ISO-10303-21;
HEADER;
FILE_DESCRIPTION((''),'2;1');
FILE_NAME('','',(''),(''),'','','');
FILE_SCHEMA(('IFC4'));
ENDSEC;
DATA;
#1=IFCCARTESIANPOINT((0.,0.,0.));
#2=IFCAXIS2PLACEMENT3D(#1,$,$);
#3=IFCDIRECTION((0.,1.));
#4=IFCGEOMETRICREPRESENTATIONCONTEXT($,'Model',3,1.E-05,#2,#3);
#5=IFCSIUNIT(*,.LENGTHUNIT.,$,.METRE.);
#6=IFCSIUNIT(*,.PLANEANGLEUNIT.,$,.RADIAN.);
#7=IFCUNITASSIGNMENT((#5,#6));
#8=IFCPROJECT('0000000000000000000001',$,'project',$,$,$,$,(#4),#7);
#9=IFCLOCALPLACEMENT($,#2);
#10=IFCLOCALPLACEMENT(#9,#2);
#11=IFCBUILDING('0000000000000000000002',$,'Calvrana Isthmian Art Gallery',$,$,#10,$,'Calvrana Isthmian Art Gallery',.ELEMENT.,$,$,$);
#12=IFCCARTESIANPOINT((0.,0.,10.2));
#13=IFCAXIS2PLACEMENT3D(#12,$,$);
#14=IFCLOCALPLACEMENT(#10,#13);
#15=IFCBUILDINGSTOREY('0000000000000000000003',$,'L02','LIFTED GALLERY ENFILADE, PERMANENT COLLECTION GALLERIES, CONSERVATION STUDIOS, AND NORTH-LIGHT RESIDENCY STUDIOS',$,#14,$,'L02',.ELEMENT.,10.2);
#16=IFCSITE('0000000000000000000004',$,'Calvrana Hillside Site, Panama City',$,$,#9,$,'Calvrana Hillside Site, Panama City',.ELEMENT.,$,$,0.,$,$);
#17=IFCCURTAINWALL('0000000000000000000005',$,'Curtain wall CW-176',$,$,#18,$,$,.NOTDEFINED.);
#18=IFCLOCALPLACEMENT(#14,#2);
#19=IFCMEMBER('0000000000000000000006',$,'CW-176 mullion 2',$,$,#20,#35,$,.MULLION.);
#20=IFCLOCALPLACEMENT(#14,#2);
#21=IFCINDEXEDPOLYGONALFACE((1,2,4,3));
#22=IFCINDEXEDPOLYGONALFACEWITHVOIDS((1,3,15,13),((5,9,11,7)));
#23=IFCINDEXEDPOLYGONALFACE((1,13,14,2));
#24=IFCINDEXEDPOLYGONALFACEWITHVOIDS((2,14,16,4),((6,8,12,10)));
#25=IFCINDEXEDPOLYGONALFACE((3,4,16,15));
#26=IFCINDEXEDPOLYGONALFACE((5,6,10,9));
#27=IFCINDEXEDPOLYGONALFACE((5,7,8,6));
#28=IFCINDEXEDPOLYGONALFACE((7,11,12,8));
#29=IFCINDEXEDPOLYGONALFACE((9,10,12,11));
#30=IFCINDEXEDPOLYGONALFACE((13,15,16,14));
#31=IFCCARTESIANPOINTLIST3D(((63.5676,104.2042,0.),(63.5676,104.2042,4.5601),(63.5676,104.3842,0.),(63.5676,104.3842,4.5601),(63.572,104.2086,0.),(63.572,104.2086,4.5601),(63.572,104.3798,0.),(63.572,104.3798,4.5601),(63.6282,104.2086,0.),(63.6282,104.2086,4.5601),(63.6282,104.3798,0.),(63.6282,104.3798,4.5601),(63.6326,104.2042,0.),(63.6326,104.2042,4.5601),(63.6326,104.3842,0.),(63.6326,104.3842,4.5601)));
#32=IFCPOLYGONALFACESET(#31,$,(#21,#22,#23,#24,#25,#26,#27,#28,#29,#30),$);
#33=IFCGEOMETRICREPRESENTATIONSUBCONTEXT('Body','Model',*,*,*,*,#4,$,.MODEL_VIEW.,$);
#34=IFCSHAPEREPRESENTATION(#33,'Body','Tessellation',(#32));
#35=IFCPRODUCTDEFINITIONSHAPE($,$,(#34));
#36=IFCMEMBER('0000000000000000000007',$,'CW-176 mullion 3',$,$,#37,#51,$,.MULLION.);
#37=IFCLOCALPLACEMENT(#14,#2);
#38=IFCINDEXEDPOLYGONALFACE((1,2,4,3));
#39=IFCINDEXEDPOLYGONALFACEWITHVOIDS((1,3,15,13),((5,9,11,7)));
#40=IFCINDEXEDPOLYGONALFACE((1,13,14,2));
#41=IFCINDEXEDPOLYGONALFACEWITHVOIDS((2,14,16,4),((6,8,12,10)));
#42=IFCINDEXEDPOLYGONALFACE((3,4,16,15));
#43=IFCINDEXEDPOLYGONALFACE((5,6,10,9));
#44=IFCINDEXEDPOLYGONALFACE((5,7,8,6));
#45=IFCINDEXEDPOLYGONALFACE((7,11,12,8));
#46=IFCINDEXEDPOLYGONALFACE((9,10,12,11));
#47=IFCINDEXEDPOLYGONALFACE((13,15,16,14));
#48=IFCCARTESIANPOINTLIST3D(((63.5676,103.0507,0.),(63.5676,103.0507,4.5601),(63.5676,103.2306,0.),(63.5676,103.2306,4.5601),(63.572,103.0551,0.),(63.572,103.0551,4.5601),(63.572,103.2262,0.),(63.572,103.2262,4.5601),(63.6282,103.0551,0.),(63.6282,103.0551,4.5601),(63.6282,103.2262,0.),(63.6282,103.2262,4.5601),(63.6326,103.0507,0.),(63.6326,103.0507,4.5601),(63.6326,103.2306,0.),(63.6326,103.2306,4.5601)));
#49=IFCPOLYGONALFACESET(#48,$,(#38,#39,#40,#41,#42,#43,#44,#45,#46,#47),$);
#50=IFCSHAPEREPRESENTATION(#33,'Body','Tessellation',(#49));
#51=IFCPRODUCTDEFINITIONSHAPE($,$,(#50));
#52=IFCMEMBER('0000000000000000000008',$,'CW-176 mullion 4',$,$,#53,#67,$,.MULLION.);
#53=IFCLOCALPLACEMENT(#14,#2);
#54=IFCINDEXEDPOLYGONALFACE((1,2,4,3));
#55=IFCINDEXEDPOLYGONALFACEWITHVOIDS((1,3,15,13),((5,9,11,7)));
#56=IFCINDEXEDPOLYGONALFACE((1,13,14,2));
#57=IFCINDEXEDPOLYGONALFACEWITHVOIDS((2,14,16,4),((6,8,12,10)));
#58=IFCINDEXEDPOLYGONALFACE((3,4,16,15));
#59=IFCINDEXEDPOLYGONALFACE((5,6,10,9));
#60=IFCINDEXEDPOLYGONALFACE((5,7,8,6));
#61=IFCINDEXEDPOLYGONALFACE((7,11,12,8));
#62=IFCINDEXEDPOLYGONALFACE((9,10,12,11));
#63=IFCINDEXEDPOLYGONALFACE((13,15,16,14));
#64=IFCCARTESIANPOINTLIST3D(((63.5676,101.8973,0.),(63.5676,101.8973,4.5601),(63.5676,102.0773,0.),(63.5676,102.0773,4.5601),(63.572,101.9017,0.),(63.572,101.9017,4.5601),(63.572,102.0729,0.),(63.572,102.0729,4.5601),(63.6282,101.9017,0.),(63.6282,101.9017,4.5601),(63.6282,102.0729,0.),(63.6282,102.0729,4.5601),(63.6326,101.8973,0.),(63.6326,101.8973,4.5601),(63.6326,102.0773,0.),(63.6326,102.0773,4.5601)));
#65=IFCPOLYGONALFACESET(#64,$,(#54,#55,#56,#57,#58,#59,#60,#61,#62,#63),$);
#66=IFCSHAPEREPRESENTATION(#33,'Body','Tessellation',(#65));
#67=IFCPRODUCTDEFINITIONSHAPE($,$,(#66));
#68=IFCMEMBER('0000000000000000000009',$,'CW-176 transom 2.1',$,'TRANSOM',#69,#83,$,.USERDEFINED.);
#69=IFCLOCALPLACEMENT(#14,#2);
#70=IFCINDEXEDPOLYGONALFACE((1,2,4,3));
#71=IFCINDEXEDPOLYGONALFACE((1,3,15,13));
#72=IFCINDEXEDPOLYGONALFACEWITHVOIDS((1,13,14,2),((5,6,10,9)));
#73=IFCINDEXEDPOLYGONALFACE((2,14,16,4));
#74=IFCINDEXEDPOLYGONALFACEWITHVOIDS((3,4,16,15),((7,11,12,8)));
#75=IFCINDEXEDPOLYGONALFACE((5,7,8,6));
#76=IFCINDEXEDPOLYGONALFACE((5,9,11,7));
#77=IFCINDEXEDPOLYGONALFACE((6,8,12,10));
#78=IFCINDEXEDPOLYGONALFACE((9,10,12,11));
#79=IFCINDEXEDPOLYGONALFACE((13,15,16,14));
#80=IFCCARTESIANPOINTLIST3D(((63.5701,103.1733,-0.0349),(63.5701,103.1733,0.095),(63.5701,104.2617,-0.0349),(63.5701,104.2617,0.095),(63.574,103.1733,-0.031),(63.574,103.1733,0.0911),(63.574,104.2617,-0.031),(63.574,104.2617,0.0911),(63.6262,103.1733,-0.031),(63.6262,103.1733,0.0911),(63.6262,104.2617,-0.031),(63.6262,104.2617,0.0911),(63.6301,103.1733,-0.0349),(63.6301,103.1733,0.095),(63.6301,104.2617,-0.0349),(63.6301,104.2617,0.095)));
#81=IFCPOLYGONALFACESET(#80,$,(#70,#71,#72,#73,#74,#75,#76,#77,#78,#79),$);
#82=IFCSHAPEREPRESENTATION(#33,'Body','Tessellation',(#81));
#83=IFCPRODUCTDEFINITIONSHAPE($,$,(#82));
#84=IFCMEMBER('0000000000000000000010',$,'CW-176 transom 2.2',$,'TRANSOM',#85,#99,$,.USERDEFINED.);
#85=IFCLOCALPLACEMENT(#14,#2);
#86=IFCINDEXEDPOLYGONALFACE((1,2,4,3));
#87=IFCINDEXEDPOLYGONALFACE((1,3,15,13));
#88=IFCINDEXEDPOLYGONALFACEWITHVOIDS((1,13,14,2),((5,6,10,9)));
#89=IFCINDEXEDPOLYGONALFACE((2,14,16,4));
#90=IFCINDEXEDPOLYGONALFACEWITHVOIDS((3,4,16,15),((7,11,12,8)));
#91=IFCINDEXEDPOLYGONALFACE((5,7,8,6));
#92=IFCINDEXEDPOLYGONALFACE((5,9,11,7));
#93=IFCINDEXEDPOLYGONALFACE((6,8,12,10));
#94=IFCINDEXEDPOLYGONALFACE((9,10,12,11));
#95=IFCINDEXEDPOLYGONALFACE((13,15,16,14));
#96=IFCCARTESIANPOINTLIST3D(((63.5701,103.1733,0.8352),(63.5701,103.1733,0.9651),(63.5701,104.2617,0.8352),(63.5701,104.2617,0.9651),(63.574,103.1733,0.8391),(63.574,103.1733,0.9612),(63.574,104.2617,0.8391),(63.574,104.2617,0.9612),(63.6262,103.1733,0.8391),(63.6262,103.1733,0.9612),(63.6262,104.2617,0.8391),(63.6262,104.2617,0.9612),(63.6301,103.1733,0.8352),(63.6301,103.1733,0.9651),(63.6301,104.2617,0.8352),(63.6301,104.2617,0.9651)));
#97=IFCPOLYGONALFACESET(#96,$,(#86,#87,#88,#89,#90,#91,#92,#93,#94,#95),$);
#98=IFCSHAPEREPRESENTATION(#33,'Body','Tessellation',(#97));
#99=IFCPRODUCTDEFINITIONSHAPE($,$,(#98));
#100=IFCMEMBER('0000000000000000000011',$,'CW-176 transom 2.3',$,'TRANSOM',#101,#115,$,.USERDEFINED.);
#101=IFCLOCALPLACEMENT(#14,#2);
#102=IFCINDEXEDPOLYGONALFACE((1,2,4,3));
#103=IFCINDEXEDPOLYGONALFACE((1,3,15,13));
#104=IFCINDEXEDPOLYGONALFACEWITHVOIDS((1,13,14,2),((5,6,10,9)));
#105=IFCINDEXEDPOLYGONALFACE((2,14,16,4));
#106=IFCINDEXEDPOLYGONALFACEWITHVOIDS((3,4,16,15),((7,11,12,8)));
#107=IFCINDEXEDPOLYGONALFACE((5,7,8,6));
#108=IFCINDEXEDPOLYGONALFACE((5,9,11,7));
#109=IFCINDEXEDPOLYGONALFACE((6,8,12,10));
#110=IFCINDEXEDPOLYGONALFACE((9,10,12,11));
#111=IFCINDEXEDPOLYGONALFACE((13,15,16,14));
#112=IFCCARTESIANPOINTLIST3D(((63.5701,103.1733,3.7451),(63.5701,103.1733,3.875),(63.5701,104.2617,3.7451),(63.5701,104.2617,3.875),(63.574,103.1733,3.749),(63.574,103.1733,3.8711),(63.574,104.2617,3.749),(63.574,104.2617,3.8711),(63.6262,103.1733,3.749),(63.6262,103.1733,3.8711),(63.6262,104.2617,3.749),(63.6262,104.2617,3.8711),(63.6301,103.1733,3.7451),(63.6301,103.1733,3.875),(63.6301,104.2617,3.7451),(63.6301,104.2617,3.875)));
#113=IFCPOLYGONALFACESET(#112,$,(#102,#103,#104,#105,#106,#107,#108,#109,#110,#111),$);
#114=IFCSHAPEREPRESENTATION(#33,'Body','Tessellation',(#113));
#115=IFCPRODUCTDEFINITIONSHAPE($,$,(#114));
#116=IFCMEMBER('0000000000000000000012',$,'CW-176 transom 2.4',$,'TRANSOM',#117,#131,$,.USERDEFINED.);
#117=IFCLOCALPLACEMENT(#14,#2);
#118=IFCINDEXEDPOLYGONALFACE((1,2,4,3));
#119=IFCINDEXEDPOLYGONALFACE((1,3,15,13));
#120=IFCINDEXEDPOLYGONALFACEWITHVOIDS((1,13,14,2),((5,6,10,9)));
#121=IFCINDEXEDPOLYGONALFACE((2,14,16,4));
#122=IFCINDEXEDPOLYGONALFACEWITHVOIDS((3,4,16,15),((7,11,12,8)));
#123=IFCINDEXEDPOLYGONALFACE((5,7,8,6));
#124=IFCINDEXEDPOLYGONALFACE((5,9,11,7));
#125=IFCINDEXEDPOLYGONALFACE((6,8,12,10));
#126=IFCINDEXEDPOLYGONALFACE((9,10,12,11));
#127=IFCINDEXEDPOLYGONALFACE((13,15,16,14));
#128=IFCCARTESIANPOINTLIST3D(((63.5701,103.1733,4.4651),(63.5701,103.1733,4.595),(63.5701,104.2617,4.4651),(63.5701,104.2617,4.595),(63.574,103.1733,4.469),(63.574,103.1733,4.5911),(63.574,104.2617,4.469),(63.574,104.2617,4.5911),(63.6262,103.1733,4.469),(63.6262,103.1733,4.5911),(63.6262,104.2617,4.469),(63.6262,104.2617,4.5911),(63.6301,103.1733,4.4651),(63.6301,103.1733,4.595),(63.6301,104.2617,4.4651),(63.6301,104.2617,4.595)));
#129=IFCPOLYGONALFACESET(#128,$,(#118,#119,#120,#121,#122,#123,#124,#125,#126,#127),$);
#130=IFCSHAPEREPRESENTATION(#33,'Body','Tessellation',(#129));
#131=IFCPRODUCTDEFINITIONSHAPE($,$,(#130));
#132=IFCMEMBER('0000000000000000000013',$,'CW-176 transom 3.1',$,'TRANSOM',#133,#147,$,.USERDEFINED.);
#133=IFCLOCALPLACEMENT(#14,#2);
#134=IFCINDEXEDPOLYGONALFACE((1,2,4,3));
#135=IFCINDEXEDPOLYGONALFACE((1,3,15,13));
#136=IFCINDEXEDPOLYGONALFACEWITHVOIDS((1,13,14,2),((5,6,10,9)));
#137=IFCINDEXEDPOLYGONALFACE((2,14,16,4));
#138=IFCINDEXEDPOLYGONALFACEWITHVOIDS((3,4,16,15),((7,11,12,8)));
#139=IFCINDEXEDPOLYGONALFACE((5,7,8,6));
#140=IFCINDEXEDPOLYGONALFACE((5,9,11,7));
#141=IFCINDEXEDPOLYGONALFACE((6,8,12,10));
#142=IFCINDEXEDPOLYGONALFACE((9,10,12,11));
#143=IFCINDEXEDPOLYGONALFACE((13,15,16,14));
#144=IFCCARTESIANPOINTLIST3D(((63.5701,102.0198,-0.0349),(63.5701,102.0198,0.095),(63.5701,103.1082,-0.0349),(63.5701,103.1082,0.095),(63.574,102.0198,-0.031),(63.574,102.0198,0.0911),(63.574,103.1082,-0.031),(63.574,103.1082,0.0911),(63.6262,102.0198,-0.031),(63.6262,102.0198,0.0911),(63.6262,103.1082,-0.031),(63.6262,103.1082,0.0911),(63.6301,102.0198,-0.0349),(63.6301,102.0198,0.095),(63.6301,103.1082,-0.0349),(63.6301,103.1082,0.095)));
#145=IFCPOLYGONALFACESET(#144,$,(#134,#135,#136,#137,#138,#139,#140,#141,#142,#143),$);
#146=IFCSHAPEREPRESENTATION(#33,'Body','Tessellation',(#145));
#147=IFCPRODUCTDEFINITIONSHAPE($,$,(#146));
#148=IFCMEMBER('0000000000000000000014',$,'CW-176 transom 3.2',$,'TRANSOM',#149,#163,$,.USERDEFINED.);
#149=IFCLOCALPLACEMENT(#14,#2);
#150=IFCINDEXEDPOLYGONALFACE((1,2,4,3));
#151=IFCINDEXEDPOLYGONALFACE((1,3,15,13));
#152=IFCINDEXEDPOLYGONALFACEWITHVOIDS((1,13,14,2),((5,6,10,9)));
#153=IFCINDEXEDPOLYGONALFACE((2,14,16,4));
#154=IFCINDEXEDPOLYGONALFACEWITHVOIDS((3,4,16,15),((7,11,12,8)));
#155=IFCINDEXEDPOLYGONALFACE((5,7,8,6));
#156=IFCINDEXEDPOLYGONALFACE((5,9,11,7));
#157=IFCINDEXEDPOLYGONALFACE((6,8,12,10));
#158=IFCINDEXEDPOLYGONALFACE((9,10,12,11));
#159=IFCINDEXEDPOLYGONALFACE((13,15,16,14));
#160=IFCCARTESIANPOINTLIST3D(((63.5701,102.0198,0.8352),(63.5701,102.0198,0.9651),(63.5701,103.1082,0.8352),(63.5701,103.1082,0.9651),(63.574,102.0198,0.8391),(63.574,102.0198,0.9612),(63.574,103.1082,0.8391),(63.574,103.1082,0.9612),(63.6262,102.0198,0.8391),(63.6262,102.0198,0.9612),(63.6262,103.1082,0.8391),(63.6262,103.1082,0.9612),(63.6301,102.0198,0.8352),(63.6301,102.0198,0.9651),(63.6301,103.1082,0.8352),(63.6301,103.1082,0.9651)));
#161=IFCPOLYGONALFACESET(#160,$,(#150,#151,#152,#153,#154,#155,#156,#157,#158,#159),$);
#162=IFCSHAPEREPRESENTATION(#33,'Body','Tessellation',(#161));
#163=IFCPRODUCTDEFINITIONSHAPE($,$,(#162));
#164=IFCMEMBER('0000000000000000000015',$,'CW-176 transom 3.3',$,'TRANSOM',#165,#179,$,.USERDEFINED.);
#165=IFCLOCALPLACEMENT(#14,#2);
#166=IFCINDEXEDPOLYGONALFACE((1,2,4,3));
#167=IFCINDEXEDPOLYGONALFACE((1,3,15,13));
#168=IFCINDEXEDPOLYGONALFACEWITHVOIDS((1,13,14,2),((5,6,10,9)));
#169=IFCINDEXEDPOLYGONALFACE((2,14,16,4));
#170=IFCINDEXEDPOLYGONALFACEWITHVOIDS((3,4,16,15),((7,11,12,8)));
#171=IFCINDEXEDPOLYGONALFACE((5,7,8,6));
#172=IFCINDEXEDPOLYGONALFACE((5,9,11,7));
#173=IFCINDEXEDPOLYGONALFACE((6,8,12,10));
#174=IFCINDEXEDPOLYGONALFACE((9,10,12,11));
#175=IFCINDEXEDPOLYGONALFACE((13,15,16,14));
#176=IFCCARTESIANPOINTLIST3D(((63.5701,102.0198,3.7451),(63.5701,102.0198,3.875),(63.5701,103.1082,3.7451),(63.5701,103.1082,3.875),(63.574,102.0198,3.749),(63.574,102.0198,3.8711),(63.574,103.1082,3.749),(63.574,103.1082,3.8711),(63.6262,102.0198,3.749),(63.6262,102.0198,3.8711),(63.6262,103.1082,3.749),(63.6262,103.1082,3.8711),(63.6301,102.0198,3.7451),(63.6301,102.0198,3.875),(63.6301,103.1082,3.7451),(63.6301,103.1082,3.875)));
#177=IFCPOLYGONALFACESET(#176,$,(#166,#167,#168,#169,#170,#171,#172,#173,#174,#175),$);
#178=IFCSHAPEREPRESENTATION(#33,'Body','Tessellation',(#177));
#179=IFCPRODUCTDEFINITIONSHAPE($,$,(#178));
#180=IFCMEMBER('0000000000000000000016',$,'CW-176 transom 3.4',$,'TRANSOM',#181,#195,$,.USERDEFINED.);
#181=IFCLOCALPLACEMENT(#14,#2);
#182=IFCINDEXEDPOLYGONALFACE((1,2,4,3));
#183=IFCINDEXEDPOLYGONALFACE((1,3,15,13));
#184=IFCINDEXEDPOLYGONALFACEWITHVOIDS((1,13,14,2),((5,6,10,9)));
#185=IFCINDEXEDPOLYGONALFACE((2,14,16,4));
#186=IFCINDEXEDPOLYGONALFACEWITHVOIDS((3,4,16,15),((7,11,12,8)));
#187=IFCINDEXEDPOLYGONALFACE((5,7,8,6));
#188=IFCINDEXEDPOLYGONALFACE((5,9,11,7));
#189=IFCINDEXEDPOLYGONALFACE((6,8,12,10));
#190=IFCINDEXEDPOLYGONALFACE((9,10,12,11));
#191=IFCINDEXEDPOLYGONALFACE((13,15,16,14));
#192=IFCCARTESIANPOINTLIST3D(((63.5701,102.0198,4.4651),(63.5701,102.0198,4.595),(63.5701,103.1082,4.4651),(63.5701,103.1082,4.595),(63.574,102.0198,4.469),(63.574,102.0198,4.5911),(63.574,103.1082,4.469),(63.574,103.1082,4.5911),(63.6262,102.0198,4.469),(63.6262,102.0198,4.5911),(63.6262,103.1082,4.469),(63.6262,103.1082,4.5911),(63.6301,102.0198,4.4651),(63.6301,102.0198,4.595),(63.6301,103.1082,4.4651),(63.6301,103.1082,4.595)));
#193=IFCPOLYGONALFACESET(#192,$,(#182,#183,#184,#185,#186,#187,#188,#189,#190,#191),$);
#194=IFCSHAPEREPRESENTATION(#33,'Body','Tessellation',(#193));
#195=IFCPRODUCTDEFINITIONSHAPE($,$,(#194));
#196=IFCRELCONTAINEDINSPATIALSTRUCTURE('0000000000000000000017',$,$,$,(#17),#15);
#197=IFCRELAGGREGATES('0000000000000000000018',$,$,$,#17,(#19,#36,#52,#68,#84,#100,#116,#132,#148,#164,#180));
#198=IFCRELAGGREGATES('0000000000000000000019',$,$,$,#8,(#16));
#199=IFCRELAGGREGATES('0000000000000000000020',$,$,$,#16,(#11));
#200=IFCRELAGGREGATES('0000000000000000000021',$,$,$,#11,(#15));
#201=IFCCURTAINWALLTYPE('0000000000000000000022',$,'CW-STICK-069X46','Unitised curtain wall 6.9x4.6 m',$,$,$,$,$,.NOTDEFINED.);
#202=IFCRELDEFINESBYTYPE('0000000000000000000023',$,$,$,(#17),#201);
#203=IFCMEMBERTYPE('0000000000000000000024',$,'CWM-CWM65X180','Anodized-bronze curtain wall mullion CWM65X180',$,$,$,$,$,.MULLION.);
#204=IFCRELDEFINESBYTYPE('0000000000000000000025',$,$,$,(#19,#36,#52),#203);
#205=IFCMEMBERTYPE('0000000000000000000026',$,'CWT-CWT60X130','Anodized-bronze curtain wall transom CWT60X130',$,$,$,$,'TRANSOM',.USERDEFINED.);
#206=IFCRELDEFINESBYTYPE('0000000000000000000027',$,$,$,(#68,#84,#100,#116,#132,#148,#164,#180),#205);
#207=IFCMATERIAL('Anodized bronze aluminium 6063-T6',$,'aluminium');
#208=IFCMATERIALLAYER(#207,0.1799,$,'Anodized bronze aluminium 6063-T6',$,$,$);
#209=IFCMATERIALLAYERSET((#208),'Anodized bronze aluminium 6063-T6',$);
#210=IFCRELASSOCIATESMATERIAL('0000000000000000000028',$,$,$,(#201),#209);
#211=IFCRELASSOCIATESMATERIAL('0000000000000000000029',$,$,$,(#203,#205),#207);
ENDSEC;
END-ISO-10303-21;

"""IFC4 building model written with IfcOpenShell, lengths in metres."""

from ifc_helpers import new_model, si_unit, direction, frame, origin, origin_2d, place, context, subcontext, project, spatial, hollow_rectangle, extrude, material, layer, layer_set, material_profile, profile_set, type_object, element, aggregate, save


model = new_model("IFC4")

# Units and contexts
model_context = context("Model", 3, precision=1e-05, world=origin(), true_north=direction((0.0, 1.0)))
body_context = subcontext(model_context, "Body", "Model", "MODEL_VIEW")
ifc_project = project(units=[si_unit("LENGTHUNIT", "METRE"), si_unit("PLANEANGLEUNIT", "RADIAN")], contexts=[model_context])

# Site, building, storey
site_placement = place(None, origin())
site = spatial("IfcSite", under=ifc_project, at=site_placement, Name="Calvrana Hillside Site, Panama City", LongName="Calvrana Hillside Site, Panama City", CompositionType="ELEMENT", RefElevation=0.0)
building_placement = place(site_placement, origin())
building = spatial("IfcBuilding", under=site, at=building_placement, Name="Calvrana Isthmian Art Gallery", LongName="Calvrana Isthmian Art Gallery", CompositionType="ELEMENT")
storey_placement = place(building_placement, frame((0.0, 0.0, 10.2)))
storey = spatial("IfcBuildingStorey", under=building, at=storey_placement, Name="L02", Description="LIFTED GALLERY ENFILADE, PERMANENT COLLECTION GALLERIES, CONSERVATION STUDIOS, AND NORTH-LIGHT RESIDENCY STUDIOS", LongName="L02", CompositionType="ELEMENT", Elevation=10.2)

# Curtain wall, members
ifc_material_1 = material(Name="Anodized bronze aluminium 6063-T6", Category="aluminium")
ifc_layer_1 = layer(ifc_material_1, 0.1799, Name="Anodized bronze aluminium 6063-T6")
ifc_layer_set_1 = layer_set([ifc_layer_1], Name="Anodized bronze aluminium 6063-T6")
curtain_wall_type = type_object("IfcCurtainWallType", Name="CW-STICK-069X46", Description="Unitised curtain wall 6.9x4.6 m", PredefinedType="NOTDEFINED", material=ifc_layer_set_1)
curtain_wall_placement = place(storey_placement, origin())
curtain_wall = element("IfcCurtainWall", 1, at=curtain_wall_placement, inside=storey, type_object=curtain_wall_type, Name="Curtain wall CW-176", PredefinedType="NOTDEFINED")
ifc_material_profile_1 = material_profile(ifc_material_1, hollow_rectangle(XDim=0.0649, YDim=0.1799, WallThickness=0.0044, at=origin_2d()), Name="CWM65X180")
ifc_profile_set_1 = profile_set([ifc_material_profile_1], Name="Anodized bronze aluminium 6063-T6")
member_type_1 = type_object("IfcMemberType", Name="CWM-CWM65X180", Description="Anodized-bronze curtain wall mullion CWM65X180", PredefinedType="MULLION", material=ifc_profile_set_1)
member_1_placement = place(storey_placement, frame((63.6001, 104.2942, 0.0), z_axis=(0.0, 0.0, 1.0), x_axis=(1.0, 0.0, 0.0)))
member_1 = element("IfcMember", 2, at=member_1_placement, type_object=member_type_1, Name="CW-176 mullion 2", PredefinedType="MULLION", context=body_context, shape_type="SweptSolid", body=[
    extrude(hollow_rectangle(XDim=0.0649, YDim=0.1799, WallThickness=0.0044, at=origin_2d()), origin(), (0.0, 0.0, 1.0), 4.5601),
])
member_2_placement = place(storey_placement, frame((63.6001, 103.1406, 0.0), z_axis=(0.0, 0.0, 1.0), x_axis=(1.0, 0.0, 0.0)))
member_2 = element("IfcMember", 3, at=member_2_placement, type_object=member_type_1, Name="CW-176 mullion 3", PredefinedType="MULLION", context=body_context, shape_type="SweptSolid", body=[
    extrude(hollow_rectangle(XDim=0.0649, YDim=0.1799, WallThickness=0.0044, at=origin_2d()), origin(), (0.0, 0.0, 1.0), 4.5601),
])
member_3_placement = place(storey_placement, frame((63.6001, 101.9873, 0.0), z_axis=(0.0, 0.0, 1.0), x_axis=(1.0, 0.0, 0.0)))
member_3 = element("IfcMember", 4, at=member_3_placement, type_object=member_type_1, Name="CW-176 mullion 4", PredefinedType="MULLION", context=body_context, shape_type="SweptSolid", body=[
    extrude(hollow_rectangle(XDim=0.0649, YDim=0.1799, WallThickness=0.0044, at=origin_2d()), origin(), (0.0, 0.0, 1.0), 4.5601),
])
ifc_material_profile_2 = material_profile(ifc_material_1, hollow_rectangle(XDim=0.0601, YDim=0.1299, WallThickness=0.0039, at=origin_2d()), Name="CWT60X130")
ifc_profile_set_2 = profile_set([ifc_material_profile_2], Name="Anodized bronze aluminium 6063-T6")
member_type_2 = type_object("IfcMemberType", Name="CWT-CWT60X130", Description="Anodized-bronze curtain wall transom CWT60X130", ElementType="TRANSOM", PredefinedType="USERDEFINED", material=ifc_profile_set_2)
member_4_placement = place(storey_placement, frame((63.6001, 104.2617, 0.03), z_axis=(0.0, -1.0, 0.0), x_axis=(1.0, 0.0, 0.0)))
member_4 = element("IfcMember", 5, at=member_4_placement, type_object=member_type_2, Name="CW-176 transom 2.1", ObjectType="TRANSOM", PredefinedType="USERDEFINED", context=body_context, shape_type="SweptSolid", body=[
    extrude(hollow_rectangle(XDim=0.0601, YDim=0.1299, WallThickness=0.0039, at=origin_2d()), origin(), (0.0, 0.0, 1.0), 1.0884),
])
member_5_placement = place(storey_placement, frame((63.6001, 104.2617, 0.9001), z_axis=(0.0, -1.0, 0.0), x_axis=(1.0, 0.0, 0.0)))
member_5 = element("IfcMember", 6, at=member_5_placement, type_object=member_type_2, Name="CW-176 transom 2.2", ObjectType="TRANSOM", PredefinedType="USERDEFINED", context=body_context, shape_type="SweptSolid", body=[
    extrude(hollow_rectangle(XDim=0.0601, YDim=0.1299, WallThickness=0.0039, at=origin_2d()), origin(), (0.0, 0.0, 1.0), 1.0884),
])
member_6_placement = place(storey_placement, frame((63.6001, 104.2617, 3.8101), z_axis=(0.0, -1.0, 0.0), x_axis=(1.0, 0.0, 0.0)))
member_6 = element("IfcMember", 7, at=member_6_placement, type_object=member_type_2, Name="CW-176 transom 2.3", ObjectType="TRANSOM", PredefinedType="USERDEFINED", context=body_context, shape_type="SweptSolid", body=[
    extrude(hollow_rectangle(XDim=0.0601, YDim=0.1299, WallThickness=0.0039, at=origin_2d()), origin(), (0.0, 0.0, 1.0), 1.0884),
])
member_7_placement = place(storey_placement, frame((63.6001, 104.2617, 4.53), z_axis=(0.0, -1.0, 0.0), x_axis=(1.0, 0.0, 0.0)))
member_7 = element("IfcMember", 8, at=member_7_placement, type_object=member_type_2, Name="CW-176 transom 2.4", ObjectType="TRANSOM", PredefinedType="USERDEFINED", context=body_context, shape_type="SweptSolid", body=[
    extrude(hollow_rectangle(XDim=0.0601, YDim=0.1299, WallThickness=0.0039, at=origin_2d()), origin(), (0.0, 0.0, 1.0), 1.0884),
])
member_8_placement = place(storey_placement, frame((63.6001, 103.1082, 0.03), z_axis=(0.0, -1.0, 0.0), x_axis=(1.0, 0.0, 0.0)))
member_8 = element("IfcMember", 9, at=member_8_placement, type_object=member_type_2, Name="CW-176 transom 3.1", ObjectType="TRANSOM", PredefinedType="USERDEFINED", context=body_context, shape_type="SweptSolid", body=[
    extrude(hollow_rectangle(XDim=0.0601, YDim=0.1299, WallThickness=0.0039, at=origin_2d()), origin(), (0.0, 0.0, 1.0), 1.0884),
])
member_9_placement = place(storey_placement, frame((63.6001, 103.1082, 0.9001), z_axis=(0.0, -1.0, 0.0), x_axis=(1.0, 0.0, 0.0)))
member_9 = element("IfcMember", 10, at=member_9_placement, type_object=member_type_2, Name="CW-176 transom 3.2", ObjectType="TRANSOM", PredefinedType="USERDEFINED", context=body_context, shape_type="SweptSolid", body=[
    extrude(hollow_rectangle(XDim=0.0601, YDim=0.1299, WallThickness=0.0039, at=origin_2d()), origin(), (0.0, 0.0, 1.0), 1.0884),
])
member_10_placement = place(storey_placement, frame((63.6001, 103.1082, 3.8101), z_axis=(0.0, -1.0, 0.0), x_axis=(1.0, 0.0, 0.0)))
member_10 = element("IfcMember", 11, at=member_10_placement, type_object=member_type_2, Name="CW-176 transom 3.3", ObjectType="TRANSOM", PredefinedType="USERDEFINED", context=body_context, shape_type="SweptSolid", body=[
    extrude(hollow_rectangle(XDim=0.0601, YDim=0.1299, WallThickness=0.0039, at=origin_2d()), origin(), (0.0, 0.0, 1.0), 1.0884),
])
member_11_placement = place(storey_placement, frame((63.6001, 103.1082, 4.53), z_axis=(0.0, -1.0, 0.0), x_axis=(1.0, 0.0, 0.0)))
member_11 = element("IfcMember", 12, at=member_11_placement, type_object=member_type_2, Name="CW-176 transom 3.4", ObjectType="TRANSOM", PredefinedType="USERDEFINED", context=body_context, shape_type="SweptSolid", body=[
    extrude(hollow_rectangle(XDim=0.0601, YDim=0.1299, WallThickness=0.0039, at=origin_2d()), origin(), (0.0, 0.0, 1.0), 1.0884),
])
aggregate(curtain_wall, [member_1, member_2, member_3, member_4, member_5, member_6, member_7, member_8, member_9, member_10, member_11])

save(model, "model.ifc")
